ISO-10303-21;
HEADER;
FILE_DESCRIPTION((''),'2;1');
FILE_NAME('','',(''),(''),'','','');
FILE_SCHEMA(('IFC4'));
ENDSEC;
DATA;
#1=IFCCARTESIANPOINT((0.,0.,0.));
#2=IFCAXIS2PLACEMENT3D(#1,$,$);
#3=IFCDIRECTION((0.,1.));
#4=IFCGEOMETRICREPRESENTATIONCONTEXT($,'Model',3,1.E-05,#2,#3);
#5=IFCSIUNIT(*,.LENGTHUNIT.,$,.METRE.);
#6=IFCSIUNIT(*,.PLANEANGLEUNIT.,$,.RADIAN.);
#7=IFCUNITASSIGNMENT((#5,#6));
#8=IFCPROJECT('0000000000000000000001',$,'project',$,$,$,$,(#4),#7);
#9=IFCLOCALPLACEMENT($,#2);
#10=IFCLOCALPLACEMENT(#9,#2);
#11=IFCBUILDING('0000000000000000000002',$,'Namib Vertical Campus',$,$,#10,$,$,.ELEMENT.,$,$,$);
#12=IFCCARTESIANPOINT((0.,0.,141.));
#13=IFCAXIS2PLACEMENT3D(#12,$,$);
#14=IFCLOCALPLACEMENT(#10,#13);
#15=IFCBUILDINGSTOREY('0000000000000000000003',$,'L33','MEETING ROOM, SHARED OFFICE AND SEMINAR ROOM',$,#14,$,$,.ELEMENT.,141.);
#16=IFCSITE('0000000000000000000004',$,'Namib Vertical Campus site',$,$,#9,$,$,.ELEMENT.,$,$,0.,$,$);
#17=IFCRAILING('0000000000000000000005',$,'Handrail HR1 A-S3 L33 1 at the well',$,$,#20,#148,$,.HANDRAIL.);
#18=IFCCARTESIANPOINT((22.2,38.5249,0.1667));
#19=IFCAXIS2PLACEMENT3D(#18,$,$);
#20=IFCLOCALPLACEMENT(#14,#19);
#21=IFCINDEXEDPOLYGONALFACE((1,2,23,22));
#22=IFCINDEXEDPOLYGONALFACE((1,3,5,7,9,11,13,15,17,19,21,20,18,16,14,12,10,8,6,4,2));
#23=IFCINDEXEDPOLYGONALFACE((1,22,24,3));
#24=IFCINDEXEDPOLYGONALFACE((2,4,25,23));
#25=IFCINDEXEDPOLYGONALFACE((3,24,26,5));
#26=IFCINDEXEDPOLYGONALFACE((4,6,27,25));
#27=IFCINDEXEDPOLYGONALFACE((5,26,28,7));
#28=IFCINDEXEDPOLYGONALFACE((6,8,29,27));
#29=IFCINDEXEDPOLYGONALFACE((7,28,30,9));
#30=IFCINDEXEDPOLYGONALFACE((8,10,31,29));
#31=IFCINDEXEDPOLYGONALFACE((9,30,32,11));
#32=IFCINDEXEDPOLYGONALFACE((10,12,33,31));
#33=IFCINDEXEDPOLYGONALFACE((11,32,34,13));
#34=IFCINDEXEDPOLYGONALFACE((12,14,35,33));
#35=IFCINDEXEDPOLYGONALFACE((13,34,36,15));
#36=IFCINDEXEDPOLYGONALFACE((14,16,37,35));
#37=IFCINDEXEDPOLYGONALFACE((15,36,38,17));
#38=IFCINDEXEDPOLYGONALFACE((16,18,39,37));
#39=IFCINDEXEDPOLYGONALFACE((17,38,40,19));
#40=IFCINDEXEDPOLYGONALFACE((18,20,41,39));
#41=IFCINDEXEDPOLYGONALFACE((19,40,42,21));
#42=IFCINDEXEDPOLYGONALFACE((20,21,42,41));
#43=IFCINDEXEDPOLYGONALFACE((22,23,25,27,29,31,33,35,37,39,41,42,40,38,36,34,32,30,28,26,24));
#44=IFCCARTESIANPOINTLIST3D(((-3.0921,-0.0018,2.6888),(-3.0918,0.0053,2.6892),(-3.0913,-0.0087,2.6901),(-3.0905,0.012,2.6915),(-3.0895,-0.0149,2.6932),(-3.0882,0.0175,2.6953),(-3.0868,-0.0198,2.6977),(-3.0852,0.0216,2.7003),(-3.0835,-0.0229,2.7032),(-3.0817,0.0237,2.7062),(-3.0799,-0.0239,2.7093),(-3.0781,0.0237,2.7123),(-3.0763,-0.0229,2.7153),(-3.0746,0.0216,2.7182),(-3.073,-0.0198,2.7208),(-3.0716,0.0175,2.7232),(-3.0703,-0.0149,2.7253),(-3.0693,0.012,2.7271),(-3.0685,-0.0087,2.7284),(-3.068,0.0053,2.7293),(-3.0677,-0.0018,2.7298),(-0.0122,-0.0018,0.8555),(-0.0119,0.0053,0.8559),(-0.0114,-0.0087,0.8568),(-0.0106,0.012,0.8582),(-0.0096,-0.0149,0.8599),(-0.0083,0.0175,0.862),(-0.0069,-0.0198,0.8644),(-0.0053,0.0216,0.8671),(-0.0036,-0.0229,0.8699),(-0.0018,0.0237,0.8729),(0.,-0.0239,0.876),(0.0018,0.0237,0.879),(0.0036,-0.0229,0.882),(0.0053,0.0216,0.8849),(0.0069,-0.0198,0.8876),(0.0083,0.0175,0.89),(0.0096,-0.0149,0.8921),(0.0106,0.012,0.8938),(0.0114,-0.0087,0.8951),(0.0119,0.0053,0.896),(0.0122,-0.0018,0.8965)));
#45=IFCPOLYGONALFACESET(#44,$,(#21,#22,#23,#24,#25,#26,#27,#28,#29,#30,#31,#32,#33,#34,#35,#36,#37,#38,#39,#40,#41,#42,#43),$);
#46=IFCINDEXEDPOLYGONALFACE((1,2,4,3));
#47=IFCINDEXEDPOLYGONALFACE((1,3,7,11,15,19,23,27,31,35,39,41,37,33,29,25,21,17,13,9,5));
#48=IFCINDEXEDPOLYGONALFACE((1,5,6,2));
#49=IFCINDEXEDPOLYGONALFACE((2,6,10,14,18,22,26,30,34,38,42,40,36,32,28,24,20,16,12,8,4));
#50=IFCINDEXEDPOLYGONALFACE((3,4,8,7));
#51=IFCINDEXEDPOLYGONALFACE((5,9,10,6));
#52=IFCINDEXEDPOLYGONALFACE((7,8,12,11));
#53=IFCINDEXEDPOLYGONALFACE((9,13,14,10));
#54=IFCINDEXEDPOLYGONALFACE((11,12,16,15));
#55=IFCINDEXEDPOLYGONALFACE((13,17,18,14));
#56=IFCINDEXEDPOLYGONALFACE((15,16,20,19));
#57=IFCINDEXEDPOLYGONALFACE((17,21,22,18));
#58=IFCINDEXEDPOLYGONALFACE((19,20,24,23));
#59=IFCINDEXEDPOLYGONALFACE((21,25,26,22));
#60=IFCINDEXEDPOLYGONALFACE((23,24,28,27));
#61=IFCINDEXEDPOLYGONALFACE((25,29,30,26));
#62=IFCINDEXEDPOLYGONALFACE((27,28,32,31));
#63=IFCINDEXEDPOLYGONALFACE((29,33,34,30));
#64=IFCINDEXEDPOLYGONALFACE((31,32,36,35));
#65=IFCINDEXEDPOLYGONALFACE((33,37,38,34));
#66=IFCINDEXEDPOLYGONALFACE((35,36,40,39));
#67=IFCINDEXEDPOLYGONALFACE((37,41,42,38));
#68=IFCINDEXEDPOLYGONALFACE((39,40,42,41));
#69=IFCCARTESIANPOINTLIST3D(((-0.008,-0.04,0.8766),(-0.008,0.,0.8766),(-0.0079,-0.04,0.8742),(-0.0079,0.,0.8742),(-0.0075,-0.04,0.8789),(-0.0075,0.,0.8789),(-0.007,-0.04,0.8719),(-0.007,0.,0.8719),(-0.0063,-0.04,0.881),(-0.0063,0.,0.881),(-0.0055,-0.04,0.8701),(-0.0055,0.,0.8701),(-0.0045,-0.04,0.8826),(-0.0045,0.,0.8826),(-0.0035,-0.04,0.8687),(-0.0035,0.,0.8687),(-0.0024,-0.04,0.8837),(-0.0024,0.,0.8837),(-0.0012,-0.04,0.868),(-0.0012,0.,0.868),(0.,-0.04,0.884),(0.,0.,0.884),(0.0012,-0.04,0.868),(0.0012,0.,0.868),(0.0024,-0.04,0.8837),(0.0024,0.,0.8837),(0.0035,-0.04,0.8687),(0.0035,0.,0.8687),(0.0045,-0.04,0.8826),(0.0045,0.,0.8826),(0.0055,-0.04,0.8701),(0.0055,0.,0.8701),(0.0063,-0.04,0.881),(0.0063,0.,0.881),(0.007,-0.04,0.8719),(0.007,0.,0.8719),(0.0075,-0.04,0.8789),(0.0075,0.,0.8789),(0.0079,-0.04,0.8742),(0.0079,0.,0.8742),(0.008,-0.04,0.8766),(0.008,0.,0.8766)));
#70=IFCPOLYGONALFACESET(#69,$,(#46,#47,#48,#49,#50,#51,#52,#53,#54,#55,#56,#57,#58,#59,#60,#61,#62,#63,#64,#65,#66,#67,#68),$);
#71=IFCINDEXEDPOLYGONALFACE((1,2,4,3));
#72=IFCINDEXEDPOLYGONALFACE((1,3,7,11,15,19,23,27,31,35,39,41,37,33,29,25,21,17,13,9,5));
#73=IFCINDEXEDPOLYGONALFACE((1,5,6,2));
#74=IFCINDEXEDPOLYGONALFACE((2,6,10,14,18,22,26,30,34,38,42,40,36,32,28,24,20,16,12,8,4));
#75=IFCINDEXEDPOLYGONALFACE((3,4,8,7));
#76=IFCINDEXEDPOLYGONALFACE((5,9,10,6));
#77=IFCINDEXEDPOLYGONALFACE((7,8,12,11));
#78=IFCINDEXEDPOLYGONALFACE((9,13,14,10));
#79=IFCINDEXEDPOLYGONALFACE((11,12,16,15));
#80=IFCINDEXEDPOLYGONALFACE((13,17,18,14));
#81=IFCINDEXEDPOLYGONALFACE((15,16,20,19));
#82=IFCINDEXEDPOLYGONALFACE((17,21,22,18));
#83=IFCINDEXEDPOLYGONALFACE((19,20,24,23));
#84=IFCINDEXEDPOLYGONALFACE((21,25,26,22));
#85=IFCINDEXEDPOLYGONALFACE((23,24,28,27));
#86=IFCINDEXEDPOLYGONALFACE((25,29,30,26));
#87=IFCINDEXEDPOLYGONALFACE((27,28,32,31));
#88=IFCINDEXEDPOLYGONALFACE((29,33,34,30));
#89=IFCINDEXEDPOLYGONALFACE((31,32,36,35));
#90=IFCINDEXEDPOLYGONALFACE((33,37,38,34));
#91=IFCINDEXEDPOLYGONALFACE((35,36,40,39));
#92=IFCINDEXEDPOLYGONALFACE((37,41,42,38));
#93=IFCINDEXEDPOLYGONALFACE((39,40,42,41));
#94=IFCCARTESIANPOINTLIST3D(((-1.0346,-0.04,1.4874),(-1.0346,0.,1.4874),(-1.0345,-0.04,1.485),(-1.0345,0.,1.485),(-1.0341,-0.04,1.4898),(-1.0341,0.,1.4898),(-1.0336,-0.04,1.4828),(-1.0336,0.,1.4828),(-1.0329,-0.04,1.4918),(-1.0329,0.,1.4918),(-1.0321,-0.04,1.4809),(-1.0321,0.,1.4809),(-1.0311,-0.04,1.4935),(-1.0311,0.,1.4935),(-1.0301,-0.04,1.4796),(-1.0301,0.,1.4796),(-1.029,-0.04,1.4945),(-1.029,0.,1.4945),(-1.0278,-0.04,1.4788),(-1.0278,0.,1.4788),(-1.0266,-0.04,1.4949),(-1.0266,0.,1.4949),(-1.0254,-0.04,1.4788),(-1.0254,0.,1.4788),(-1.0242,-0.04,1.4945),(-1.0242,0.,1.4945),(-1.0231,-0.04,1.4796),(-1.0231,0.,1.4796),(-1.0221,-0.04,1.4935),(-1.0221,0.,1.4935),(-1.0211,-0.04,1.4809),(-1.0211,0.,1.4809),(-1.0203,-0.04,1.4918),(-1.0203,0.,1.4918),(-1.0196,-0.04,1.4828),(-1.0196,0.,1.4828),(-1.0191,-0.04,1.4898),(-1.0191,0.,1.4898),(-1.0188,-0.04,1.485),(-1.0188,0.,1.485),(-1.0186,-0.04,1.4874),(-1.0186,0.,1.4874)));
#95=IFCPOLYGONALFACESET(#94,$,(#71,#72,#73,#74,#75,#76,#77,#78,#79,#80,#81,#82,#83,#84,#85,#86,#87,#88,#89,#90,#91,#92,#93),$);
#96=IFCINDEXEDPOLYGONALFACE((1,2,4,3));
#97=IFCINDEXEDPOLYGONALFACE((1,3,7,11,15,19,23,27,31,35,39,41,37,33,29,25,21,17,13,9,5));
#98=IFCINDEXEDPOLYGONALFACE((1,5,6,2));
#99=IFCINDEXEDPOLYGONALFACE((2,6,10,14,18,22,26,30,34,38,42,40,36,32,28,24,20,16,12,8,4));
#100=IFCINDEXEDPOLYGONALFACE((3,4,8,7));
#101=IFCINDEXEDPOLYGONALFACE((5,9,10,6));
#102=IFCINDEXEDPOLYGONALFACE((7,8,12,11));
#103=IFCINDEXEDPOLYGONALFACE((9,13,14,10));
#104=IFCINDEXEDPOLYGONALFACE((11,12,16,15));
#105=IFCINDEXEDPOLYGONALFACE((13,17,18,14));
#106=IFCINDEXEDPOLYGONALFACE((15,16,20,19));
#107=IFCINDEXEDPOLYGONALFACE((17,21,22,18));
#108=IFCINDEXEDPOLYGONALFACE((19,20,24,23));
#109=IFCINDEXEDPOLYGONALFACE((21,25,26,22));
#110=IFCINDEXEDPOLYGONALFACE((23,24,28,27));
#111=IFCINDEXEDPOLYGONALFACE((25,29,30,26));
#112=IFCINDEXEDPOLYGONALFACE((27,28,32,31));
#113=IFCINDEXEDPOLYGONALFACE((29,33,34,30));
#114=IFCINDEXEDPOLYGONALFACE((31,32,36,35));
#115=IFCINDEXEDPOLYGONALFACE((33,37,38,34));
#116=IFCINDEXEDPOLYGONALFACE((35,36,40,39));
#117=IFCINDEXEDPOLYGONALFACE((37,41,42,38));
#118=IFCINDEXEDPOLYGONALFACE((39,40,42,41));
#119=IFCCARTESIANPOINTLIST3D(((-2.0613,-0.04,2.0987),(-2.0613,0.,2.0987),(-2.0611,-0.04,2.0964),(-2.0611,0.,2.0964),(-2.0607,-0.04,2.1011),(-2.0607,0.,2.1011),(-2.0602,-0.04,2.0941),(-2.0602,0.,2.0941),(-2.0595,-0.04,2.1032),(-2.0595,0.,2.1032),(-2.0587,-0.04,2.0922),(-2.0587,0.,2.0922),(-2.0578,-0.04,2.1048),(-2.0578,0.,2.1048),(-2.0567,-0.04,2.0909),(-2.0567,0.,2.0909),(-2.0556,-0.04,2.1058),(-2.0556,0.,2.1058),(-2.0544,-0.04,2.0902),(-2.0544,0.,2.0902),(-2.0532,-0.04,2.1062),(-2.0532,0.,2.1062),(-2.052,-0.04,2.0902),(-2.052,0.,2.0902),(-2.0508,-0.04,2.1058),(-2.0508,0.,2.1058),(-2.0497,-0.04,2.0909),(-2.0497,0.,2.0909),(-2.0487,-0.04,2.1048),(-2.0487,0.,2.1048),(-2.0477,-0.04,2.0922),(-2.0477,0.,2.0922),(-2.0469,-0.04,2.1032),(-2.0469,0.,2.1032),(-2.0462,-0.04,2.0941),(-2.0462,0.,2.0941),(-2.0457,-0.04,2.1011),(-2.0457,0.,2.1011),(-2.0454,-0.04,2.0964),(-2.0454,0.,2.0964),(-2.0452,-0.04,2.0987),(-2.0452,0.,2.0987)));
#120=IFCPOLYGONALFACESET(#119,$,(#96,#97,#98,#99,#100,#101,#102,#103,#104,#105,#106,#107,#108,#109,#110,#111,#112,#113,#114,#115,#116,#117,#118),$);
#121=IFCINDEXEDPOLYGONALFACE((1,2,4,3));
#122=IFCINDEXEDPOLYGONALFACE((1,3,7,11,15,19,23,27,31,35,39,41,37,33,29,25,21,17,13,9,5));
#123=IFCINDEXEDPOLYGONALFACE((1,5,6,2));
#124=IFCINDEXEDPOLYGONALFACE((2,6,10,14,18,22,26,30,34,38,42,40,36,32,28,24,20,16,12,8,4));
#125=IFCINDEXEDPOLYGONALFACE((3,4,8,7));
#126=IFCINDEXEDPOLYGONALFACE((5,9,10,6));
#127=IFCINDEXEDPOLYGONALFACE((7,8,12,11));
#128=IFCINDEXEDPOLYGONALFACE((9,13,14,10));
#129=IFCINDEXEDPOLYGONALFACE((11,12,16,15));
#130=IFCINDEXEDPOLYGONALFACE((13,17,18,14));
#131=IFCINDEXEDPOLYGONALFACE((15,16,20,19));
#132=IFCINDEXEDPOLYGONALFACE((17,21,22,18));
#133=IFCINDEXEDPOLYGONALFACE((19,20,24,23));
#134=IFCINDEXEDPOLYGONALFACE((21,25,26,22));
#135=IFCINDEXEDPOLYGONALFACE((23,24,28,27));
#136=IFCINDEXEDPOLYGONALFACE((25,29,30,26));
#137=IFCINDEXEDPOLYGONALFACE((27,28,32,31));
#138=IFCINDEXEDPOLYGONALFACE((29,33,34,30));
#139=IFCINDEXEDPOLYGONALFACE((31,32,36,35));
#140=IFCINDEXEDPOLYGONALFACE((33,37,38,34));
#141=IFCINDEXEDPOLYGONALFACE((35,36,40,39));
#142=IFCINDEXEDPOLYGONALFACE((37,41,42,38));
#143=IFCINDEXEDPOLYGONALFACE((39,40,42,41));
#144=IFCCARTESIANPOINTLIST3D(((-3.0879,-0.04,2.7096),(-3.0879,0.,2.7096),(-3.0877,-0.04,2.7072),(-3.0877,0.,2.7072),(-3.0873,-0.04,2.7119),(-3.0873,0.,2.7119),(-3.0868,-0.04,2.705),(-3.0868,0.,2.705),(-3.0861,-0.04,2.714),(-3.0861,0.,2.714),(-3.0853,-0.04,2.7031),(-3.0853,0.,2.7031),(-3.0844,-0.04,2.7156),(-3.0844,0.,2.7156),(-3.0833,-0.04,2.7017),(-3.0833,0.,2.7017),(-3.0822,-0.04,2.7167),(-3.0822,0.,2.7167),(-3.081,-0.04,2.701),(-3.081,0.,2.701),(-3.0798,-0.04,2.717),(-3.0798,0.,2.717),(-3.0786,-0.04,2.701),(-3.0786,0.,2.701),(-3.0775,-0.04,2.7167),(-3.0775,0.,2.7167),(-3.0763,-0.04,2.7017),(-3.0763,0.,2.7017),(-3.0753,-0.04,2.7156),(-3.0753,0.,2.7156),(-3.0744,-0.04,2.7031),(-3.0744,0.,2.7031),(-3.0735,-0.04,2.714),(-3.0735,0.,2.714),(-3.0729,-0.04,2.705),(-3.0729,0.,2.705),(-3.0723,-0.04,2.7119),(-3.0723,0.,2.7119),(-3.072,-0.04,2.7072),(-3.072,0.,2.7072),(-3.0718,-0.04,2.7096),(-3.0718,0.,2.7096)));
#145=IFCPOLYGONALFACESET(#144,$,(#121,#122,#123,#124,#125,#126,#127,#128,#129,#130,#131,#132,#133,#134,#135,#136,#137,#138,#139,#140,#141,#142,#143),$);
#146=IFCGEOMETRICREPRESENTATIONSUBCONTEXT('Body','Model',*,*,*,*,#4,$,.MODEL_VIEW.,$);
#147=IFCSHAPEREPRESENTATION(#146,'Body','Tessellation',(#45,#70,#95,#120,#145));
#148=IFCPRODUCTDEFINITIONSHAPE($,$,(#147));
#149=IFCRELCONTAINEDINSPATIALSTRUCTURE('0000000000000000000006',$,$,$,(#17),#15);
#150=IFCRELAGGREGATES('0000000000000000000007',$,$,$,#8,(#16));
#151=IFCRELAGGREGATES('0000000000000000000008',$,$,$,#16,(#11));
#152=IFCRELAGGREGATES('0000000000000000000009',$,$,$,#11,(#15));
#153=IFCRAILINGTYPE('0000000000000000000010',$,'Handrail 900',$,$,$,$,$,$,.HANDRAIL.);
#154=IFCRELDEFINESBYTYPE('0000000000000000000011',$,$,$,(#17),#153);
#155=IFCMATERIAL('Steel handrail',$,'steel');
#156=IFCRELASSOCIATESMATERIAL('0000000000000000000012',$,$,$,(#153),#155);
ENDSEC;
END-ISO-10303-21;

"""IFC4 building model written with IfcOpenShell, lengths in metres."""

from ifc_helpers import new_model, si_unit, direction, frame, origin, origin_2d, place, context, subcontext, project, spatial, circle, extrude, material, type_object, element, save


model = new_model("IFC4")

# Units and contexts
model_context = context("Model", 3, precision=1e-05, world=origin(), true_north=direction((0.0, 1.0)))
body_context = subcontext(model_context, "Body", "Model", "MODEL_VIEW")
ifc_project = project(units=[si_unit("LENGTHUNIT", "METRE"), si_unit("PLANEANGLEUNIT", "RADIAN")], contexts=[model_context])

# Site, building, storey
site_placement = place(None, origin())
site = spatial("IfcSite", under=ifc_project, at=site_placement, Name="Namib Vertical Campus site", CompositionType="ELEMENT", RefElevation=0.0)
building_placement = place(site_placement, origin())
building = spatial("IfcBuilding", under=site, at=building_placement, Name="Namib Vertical Campus", CompositionType="ELEMENT")
storey_placement = place(building_placement, frame((0.0, 0.0, 141.0)))
storey = spatial("IfcBuildingStorey", under=building, at=storey_placement, Name="L33", Description="MEETING ROOM, SHARED OFFICE AND SEMINAR ROOM", CompositionType="ELEMENT", Elevation=141.0)

# Railing
ifc_material_1 = material(Name="Steel handrail", Category="steel")
railing_type_1 = type_object("IfcRailingType", Name="Handrail 900", PredefinedType="HANDRAIL", material=ifc_material_1)
railing_1_placement = place(storey_placement, frame((22.2, 38.5249, 0.1667)))
element("IfcRailing", 1, at=railing_1_placement, inside=storey, type_object=railing_type_1, Name="Handrail HR1 A-S3 L33 1 at the well", PredefinedType="HANDRAIL", context=body_context, shape_type="SweptSolid", body=[
    extrude(circle(Radius=0.0239, at=origin_2d()), frame((0.0, 0.0, 0.876), z_axis=(-0.859291, 0.0, 0.511487), x_axis=(0.0, -1.0, 0.0)), (0.0, 0.0, 1.0), 3.5842),
    extrude(circle(Radius=0.0081, at=origin_2d()), frame((0.0, 0.0, 0.876), z_axis=(0.0, -1.0, 0.0), x_axis=(0.0, 0.0, 1.0)), (0.0, 0.0, 1.0), 0.04),
    extrude(circle(Radius=0.0081, at=origin_2d()), frame((-1.0266, 0.0, 1.4868), z_axis=(0.0, -1.0, 0.0), x_axis=(0.0, 0.0, 1.0)), (0.0, 0.0, 1.0), 0.04),
    extrude(circle(Radius=0.0081, at=origin_2d()), frame((-2.0532, 0.0, 2.0981), z_axis=(0.0, -1.0, 0.0), x_axis=(0.0, 0.0, 1.0)), (0.0, 0.0, 1.0), 0.04),
    extrude(circle(Radius=0.0081, at=origin_2d()), frame((-3.0798, 0.0, 2.709), z_axis=(0.0, -1.0, 0.0), x_axis=(0.0, 0.0, 1.0)), (0.0, 0.0, 1.0), 0.04),
])

save(model, "model.ifc")
